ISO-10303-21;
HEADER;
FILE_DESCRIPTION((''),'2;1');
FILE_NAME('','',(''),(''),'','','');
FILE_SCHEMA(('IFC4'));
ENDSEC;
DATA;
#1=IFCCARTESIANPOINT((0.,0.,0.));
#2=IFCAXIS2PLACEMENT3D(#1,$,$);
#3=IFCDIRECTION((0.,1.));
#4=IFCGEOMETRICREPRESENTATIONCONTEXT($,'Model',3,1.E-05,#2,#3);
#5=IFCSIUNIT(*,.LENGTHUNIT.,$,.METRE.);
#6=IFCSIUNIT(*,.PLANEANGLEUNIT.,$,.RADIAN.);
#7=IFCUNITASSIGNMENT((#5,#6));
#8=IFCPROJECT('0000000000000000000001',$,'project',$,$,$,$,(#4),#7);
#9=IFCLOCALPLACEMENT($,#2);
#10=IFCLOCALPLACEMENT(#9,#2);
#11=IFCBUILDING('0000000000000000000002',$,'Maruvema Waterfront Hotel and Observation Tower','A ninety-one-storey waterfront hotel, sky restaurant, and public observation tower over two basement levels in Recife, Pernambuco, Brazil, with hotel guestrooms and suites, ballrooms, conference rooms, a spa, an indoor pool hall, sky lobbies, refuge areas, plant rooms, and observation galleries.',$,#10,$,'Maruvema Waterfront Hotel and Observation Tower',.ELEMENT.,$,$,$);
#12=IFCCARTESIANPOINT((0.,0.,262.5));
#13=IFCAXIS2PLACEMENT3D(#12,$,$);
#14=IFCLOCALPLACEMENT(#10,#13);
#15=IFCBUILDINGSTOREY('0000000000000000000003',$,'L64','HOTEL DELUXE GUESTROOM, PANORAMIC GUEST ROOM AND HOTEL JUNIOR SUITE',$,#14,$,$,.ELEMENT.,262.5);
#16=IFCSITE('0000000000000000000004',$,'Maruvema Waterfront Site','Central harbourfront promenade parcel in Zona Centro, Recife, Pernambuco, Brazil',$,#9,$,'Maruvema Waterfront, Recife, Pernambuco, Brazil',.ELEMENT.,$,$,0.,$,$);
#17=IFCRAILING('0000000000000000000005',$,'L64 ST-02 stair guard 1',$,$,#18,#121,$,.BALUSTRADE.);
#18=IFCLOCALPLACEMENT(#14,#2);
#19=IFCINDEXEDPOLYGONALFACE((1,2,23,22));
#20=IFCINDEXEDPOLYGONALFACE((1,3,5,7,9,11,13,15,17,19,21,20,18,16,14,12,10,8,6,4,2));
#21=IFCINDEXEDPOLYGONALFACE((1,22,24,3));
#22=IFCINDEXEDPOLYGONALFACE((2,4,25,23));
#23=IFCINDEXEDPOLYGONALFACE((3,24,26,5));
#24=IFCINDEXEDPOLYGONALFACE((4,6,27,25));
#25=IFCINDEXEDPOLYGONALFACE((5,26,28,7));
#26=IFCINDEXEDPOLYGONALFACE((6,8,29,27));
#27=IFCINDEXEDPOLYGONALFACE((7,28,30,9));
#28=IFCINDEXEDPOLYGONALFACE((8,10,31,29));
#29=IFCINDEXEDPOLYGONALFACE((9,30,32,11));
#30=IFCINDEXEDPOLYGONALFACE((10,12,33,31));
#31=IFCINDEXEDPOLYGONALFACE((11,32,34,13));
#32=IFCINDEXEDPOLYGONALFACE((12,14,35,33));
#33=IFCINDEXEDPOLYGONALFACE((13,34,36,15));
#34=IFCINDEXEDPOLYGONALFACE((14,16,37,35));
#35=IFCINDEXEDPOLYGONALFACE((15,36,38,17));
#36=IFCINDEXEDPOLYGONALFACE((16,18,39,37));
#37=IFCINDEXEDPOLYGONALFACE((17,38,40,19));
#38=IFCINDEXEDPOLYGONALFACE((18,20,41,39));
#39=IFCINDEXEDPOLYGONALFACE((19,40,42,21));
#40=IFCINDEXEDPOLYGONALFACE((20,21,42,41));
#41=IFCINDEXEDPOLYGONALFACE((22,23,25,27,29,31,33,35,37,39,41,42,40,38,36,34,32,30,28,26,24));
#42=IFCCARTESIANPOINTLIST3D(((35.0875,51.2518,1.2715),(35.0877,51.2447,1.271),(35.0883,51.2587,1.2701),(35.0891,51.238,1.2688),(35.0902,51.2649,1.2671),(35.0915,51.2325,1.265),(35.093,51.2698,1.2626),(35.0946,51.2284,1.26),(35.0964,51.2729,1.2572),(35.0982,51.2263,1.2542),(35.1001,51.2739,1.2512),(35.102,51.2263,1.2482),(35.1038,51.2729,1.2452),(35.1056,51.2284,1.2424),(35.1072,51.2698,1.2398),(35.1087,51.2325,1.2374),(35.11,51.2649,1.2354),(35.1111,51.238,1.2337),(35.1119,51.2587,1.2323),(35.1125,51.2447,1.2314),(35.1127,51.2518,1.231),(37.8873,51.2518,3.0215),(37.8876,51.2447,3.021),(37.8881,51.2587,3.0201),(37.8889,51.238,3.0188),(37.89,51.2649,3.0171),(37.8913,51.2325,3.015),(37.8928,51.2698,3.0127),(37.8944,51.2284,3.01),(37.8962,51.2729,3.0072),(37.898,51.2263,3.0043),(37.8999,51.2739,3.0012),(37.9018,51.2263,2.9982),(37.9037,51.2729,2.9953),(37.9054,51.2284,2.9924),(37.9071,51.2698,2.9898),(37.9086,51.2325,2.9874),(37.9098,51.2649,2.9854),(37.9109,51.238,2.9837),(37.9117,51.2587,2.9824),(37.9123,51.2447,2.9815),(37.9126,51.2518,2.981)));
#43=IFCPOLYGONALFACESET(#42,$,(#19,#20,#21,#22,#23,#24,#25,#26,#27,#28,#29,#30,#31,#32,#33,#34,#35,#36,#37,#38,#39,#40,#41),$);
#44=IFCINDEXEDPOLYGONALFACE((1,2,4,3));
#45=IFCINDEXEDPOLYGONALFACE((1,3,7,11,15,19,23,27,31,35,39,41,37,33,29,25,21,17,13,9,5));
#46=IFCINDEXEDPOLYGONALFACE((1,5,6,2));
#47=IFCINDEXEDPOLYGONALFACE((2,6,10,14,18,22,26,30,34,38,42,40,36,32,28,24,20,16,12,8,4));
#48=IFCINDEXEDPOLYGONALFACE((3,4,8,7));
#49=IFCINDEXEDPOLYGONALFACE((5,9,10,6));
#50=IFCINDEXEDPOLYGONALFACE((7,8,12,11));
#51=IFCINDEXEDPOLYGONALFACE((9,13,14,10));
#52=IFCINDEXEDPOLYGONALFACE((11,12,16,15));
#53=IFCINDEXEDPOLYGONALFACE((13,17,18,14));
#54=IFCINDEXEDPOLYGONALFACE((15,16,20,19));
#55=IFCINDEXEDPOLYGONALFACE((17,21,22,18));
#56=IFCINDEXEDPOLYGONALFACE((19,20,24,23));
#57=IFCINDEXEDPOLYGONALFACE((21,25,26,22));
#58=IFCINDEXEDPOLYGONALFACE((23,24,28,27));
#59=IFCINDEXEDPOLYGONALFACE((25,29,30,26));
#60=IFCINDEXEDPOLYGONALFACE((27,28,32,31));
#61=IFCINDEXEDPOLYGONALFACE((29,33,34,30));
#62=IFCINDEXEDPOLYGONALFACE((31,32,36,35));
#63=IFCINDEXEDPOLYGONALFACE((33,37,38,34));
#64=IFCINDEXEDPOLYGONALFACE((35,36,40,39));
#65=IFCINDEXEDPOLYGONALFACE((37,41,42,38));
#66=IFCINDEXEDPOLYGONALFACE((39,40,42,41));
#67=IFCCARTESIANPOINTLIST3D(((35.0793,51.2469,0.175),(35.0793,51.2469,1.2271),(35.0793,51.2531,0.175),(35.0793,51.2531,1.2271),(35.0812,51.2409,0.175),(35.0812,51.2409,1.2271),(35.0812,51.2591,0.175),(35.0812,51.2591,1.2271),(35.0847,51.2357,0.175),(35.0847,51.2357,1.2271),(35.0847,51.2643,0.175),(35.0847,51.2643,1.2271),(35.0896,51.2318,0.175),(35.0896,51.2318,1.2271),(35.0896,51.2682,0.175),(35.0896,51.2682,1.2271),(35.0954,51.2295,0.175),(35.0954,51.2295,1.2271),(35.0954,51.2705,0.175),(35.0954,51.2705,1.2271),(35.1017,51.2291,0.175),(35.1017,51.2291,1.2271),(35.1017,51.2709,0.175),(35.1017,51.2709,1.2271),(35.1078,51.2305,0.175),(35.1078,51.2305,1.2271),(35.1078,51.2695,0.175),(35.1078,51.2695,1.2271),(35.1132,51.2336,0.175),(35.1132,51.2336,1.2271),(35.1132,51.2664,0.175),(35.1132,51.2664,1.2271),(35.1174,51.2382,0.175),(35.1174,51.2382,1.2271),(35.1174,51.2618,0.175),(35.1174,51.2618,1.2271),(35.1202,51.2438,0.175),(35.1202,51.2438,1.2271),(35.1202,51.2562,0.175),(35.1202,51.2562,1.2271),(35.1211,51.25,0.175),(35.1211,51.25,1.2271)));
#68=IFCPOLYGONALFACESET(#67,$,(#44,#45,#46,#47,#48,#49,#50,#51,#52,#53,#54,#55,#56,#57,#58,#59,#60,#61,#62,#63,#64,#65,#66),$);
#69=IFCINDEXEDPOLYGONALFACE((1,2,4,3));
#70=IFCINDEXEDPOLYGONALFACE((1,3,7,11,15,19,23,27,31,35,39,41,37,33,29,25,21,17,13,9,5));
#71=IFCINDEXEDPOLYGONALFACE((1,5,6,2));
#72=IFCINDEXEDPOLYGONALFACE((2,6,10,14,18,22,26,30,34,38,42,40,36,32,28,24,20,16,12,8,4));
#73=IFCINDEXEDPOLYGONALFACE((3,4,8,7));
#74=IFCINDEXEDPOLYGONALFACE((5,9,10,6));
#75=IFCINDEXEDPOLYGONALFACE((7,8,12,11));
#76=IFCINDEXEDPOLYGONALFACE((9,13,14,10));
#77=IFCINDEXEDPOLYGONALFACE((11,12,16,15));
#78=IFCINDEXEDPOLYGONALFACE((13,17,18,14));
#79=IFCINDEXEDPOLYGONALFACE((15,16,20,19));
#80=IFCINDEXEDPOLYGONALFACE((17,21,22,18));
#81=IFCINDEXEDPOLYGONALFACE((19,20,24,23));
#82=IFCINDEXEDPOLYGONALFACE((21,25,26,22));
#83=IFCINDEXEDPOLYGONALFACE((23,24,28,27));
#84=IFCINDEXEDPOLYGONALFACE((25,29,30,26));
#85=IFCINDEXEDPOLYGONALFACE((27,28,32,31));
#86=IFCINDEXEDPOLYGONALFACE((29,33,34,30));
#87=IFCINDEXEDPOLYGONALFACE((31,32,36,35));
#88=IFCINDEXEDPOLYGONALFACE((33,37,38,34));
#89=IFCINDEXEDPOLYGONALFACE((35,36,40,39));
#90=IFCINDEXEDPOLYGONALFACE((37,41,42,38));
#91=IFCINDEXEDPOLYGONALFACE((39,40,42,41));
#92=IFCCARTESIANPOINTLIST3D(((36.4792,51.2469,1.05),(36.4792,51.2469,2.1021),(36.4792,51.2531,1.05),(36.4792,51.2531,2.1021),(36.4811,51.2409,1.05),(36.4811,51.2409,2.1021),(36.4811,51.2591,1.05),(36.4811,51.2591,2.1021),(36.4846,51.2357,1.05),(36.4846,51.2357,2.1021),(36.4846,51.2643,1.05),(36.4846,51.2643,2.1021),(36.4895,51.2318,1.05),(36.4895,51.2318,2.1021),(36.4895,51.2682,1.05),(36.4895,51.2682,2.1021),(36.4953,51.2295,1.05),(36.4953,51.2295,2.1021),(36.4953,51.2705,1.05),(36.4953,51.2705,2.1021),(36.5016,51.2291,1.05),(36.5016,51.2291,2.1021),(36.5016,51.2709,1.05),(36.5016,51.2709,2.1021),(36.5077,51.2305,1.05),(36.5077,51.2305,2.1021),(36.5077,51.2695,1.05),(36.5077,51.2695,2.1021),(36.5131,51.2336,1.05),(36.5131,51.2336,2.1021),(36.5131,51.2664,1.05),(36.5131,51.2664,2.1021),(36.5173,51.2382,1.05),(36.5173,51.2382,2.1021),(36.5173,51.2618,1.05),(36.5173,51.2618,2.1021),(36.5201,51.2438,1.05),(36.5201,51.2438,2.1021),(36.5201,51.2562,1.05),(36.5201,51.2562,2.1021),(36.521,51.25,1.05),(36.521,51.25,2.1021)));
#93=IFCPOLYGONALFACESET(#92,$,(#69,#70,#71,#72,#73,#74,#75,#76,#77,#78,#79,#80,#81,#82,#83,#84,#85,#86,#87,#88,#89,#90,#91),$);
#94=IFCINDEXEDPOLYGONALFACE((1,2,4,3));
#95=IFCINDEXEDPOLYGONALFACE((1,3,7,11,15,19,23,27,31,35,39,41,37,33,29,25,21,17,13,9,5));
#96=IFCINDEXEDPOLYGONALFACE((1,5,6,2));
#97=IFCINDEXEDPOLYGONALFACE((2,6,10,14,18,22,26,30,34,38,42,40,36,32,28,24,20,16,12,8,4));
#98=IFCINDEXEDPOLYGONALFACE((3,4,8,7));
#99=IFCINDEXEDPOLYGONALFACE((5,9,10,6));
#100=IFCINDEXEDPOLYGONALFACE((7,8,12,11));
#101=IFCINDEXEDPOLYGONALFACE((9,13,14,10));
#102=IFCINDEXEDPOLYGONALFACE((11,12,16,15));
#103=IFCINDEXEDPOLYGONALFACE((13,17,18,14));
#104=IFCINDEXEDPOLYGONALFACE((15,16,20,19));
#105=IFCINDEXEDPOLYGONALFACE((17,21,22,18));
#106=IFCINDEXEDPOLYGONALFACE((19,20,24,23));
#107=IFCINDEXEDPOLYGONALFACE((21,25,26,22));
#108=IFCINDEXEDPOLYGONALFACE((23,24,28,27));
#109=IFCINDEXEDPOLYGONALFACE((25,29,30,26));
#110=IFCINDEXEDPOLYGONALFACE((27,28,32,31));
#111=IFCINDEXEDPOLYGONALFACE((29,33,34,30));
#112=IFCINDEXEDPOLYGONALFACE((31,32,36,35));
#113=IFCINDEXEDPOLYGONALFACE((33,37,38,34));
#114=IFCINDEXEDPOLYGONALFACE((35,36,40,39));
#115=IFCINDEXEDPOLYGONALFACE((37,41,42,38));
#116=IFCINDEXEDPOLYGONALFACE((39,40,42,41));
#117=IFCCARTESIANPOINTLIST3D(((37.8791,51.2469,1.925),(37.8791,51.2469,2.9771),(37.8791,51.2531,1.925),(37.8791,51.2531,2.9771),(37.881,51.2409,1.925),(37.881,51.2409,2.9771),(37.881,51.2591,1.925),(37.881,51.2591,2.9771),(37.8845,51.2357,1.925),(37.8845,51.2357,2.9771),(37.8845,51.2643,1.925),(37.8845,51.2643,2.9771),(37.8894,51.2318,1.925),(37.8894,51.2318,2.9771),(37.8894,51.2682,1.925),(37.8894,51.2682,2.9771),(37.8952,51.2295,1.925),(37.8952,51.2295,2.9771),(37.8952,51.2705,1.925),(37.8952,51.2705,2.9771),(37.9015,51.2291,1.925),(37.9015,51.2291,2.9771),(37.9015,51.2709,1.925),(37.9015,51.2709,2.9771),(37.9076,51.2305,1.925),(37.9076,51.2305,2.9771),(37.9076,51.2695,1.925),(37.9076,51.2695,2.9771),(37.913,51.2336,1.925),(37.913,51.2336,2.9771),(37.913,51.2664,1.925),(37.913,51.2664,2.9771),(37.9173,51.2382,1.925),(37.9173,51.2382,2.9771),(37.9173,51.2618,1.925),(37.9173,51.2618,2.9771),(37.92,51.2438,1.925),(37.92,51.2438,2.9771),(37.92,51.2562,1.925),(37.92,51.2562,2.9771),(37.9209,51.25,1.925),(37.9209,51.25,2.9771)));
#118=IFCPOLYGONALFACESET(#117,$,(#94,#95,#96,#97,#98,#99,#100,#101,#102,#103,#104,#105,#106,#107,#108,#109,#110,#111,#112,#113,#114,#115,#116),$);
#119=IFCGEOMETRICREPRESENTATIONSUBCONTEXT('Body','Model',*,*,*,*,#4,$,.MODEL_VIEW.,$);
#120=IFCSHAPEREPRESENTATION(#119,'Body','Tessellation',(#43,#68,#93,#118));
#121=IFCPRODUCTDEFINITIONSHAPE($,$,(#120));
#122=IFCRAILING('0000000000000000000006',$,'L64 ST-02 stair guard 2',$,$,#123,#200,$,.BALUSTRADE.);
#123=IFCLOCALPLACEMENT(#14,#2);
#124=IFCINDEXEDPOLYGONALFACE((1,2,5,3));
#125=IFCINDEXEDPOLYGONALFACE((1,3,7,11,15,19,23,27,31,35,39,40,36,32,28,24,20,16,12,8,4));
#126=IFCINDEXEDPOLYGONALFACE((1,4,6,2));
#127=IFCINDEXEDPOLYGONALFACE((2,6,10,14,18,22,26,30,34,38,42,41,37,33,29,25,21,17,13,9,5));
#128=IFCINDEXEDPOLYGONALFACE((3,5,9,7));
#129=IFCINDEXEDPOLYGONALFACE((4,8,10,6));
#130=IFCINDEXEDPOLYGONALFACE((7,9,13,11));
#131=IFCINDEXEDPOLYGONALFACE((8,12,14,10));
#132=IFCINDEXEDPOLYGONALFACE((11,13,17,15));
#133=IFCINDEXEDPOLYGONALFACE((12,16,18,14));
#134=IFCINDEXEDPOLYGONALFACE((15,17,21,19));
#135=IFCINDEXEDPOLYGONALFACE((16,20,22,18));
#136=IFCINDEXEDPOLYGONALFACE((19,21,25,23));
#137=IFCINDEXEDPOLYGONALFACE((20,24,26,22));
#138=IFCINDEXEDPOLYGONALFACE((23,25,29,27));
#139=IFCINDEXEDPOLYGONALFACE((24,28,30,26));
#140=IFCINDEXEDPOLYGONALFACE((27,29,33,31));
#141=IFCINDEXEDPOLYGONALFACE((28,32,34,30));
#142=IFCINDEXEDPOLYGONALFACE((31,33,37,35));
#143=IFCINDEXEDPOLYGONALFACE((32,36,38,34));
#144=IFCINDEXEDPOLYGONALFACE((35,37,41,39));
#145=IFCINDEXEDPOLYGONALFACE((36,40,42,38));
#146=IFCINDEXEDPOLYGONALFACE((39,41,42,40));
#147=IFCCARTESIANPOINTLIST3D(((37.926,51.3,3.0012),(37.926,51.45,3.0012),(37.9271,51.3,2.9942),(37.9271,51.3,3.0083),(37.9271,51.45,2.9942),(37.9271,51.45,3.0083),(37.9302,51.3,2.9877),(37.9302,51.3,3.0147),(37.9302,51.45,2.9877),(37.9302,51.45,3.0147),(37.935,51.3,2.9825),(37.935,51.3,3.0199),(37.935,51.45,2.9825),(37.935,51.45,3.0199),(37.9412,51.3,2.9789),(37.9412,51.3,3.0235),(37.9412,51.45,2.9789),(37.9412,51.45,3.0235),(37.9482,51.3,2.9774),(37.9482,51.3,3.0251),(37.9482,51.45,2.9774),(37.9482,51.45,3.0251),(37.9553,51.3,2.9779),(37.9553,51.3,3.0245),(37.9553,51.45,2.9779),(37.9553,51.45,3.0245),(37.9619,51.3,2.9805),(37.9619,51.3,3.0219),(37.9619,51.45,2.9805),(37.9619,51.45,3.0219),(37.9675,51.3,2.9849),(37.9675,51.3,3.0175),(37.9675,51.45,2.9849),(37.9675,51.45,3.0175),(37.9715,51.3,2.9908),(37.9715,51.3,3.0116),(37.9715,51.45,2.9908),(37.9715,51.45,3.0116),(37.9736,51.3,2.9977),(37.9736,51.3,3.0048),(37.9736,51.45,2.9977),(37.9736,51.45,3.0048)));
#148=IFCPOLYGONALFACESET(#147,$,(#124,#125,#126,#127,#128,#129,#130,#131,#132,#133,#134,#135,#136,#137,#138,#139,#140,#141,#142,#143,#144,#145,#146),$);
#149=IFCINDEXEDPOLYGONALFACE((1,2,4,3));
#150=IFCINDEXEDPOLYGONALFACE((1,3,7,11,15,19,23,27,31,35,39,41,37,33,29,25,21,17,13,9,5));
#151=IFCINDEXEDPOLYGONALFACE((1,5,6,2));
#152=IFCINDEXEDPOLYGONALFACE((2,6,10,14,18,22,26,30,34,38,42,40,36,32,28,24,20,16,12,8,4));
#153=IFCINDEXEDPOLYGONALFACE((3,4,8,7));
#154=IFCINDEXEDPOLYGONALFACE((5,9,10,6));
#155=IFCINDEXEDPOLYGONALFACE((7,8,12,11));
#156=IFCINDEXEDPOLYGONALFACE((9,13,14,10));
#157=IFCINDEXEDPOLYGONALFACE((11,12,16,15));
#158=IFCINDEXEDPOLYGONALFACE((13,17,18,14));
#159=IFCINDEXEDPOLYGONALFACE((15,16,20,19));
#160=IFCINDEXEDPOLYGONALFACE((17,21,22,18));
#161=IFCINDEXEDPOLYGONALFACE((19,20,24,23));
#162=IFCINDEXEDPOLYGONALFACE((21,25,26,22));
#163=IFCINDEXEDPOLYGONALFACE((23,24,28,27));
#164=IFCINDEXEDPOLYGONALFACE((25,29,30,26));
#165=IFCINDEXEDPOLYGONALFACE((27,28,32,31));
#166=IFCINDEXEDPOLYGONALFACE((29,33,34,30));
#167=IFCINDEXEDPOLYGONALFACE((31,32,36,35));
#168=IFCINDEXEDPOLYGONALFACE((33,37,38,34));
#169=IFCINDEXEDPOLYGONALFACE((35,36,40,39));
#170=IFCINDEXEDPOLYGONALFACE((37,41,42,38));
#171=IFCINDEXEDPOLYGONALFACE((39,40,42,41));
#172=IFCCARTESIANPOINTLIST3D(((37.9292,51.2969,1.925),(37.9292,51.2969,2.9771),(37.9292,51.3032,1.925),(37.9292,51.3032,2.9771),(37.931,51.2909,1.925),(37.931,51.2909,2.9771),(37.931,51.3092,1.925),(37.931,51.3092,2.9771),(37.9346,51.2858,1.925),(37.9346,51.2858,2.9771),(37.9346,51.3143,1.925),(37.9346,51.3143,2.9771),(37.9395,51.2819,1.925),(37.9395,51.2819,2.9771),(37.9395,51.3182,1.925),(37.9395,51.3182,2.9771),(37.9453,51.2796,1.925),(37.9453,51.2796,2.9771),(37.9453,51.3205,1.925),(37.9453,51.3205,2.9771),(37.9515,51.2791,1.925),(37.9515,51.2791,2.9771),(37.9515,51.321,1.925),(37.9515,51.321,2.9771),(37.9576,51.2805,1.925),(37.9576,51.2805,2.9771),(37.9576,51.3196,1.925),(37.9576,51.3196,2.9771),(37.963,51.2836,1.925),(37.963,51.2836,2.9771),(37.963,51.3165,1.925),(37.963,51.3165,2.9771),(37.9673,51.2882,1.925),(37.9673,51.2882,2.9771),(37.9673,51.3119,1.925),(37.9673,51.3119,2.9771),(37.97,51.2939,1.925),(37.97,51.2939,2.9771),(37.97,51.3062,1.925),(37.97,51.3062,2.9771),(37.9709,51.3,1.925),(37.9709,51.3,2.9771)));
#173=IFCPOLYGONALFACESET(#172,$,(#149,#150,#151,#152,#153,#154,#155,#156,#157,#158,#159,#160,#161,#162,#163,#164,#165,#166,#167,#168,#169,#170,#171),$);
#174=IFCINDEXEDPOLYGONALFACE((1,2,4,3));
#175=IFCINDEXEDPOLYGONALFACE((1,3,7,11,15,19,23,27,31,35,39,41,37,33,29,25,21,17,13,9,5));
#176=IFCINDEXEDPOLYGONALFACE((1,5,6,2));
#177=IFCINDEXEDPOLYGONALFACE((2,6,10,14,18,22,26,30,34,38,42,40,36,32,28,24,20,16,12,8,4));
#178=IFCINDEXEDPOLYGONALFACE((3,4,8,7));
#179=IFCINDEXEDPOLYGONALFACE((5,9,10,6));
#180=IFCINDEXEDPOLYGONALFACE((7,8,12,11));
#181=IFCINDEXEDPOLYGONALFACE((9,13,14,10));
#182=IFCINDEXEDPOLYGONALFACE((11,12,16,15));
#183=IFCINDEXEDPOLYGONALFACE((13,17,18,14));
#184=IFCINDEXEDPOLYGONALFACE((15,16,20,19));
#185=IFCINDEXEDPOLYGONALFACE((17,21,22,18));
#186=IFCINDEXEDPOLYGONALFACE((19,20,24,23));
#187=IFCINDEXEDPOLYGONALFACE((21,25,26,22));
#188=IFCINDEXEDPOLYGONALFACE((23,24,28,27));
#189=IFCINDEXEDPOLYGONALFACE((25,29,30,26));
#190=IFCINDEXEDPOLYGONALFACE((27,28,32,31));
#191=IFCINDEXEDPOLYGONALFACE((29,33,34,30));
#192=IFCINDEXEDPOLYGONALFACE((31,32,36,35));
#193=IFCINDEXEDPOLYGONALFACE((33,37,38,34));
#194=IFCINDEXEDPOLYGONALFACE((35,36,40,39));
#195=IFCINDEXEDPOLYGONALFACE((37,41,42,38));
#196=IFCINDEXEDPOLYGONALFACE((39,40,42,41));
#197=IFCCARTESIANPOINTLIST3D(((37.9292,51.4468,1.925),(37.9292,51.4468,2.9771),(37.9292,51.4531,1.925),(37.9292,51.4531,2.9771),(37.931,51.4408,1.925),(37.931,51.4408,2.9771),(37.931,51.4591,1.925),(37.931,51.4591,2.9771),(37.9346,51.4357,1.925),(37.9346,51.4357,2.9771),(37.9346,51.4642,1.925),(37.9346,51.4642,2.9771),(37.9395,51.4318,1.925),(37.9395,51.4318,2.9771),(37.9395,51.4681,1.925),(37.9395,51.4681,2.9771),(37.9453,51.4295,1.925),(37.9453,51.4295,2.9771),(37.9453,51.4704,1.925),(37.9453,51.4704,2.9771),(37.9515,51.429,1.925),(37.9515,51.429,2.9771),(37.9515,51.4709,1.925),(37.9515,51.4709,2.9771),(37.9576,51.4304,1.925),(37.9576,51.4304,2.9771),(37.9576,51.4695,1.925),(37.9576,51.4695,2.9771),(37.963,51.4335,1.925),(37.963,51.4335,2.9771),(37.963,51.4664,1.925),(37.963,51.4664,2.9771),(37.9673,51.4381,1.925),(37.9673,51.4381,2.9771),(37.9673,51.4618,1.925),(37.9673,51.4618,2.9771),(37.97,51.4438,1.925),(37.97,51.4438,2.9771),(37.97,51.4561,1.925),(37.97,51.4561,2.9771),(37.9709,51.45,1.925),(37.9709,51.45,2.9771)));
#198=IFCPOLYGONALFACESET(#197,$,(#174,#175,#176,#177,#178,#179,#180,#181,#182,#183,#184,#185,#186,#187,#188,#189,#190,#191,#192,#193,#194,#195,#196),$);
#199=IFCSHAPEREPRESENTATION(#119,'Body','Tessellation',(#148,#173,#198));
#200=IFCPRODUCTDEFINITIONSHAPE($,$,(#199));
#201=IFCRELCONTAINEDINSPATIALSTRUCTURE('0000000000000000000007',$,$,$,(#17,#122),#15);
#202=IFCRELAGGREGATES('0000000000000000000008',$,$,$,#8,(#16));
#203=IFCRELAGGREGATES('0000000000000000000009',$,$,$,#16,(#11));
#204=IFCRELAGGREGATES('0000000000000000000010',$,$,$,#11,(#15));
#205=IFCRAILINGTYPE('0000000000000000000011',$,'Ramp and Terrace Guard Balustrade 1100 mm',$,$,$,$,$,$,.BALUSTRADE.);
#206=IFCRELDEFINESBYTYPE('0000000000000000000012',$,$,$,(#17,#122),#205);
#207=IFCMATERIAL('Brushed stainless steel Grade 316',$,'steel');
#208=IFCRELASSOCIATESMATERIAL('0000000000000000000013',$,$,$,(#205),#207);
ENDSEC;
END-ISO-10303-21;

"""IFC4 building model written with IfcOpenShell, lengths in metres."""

from ifc_helpers import new_model, si_unit, direction, frame, origin, origin_2d, place, context, subcontext, project, spatial, circle, extrude, material, type_object, element, save


model = new_model("IFC4")

# Units and contexts
model_context = context("Model", 3, precision=1e-05, world=origin(), true_north=direction((0.0, 1.0)))
body_context = subcontext(model_context, "Body", "Model", "MODEL_VIEW")
ifc_project = project(units=[si_unit("LENGTHUNIT", "METRE"), si_unit("PLANEANGLEUNIT", "RADIAN")], contexts=[model_context])

# Site, building, storey
site_placement = place(None, origin())
site = spatial("IfcSite", under=ifc_project, at=site_placement, Name="Maruvema Waterfront Site", Description="Central harbourfront promenade parcel in Zona Centro, Recife, Pernambuco, Brazil", LongName="Maruvema Waterfront, Recife, Pernambuco, Brazil", CompositionType="ELEMENT", RefElevation=0.0)
building_placement = place(site_placement, origin())
building = spatial("IfcBuilding", under=site, at=building_placement, Name="Maruvema Waterfront Hotel and Observation Tower", Description="A ninety-one-storey waterfront hotel, sky restaurant, and public observation tower over two basement levels in Recife, Pernambuco, Brazil, with hotel guestrooms and suites, ballrooms, conference rooms, a spa, an indoor pool hall, sky lobbies, refuge areas, plant rooms, and observation galleries.", LongName="Maruvema Waterfront Hotel and Observation Tower", CompositionType="ELEMENT")
storey_placement = place(building_placement, frame((0.0, 0.0, 262.5)))
storey = spatial("IfcBuildingStorey", under=building, at=storey_placement, Name="L64", Description="HOTEL DELUXE GUESTROOM, PANORAMIC GUEST ROOM AND HOTEL JUNIOR SUITE", CompositionType="ELEMENT", Elevation=262.5)

# Railings
ifc_material_1 = material(Name="Brushed stainless steel Grade 316", Category="steel")
railing_type_1 = type_object("IfcRailingType", Name="Ramp and Terrace Guard Balustrade 1100 mm", PredefinedType="BALUSTRADE", material=ifc_material_1)
railing_1_placement = place(storey_placement, frame((35.1001, 51.25, 0.175)))
element("IfcRailing", 1, at=railing_1_placement, inside=storey, type_object=railing_type_1, Name="L64 ST-02 stair guard 1", PredefinedType="BALUSTRADE", context=body_context, shape_type="SweptSolid", body=[
    extrude(circle(Radius=0.0239, at=origin_2d()), frame((0.0, 0.0, 1.0762), z_axis=(0.847982, 0.0, 0.530026), x_axis=(0.0, 1.0, 0.0)), (0.0, 0.0, 1.0), 3.3018),
    extrude(circle(Radius=0.021, at=origin_2d()), origin(), (0.0, 0.0, 1.0), 1.052),
    extrude(circle(Radius=0.021, at=origin_2d()), frame((1.3999, 0.0, 0.875)), (0.0, 0.0, 1.0), 1.052),
    extrude(circle(Radius=0.021, at=origin_2d()), frame((2.7998, 0.0, 1.75)), (0.0, 0.0, 1.0), 1.052),
])
railing_2_placement = place(storey_placement, frame((37.95, 51.3, 1.925)))
element("IfcRailing", 2, at=railing_2_placement, inside=storey, type_object=railing_type_1, Name="L64 ST-02 stair guard 2", PredefinedType="BALUSTRADE", context=body_context, shape_type="SweptSolid", body=[
    extrude(circle(Radius=0.0239, at=origin_2d()), frame((0.0, 0.0, 1.0762), z_axis=(0.0, 1.0, 0.0), x_axis=(-1.0, 0.0, 0.0)), (0.0, 0.0, 1.0), 0.1499),
    extrude(circle(Radius=0.021, at=origin_2d()), origin(), (0.0, 0.0, 1.0), 1.052),
    extrude(circle(Radius=0.021, at=origin_2d()), frame((0.0, 0.1499, 0.0)), (0.0, 0.0, 1.0), 1.052),
])

save(model, "model.ifc")
